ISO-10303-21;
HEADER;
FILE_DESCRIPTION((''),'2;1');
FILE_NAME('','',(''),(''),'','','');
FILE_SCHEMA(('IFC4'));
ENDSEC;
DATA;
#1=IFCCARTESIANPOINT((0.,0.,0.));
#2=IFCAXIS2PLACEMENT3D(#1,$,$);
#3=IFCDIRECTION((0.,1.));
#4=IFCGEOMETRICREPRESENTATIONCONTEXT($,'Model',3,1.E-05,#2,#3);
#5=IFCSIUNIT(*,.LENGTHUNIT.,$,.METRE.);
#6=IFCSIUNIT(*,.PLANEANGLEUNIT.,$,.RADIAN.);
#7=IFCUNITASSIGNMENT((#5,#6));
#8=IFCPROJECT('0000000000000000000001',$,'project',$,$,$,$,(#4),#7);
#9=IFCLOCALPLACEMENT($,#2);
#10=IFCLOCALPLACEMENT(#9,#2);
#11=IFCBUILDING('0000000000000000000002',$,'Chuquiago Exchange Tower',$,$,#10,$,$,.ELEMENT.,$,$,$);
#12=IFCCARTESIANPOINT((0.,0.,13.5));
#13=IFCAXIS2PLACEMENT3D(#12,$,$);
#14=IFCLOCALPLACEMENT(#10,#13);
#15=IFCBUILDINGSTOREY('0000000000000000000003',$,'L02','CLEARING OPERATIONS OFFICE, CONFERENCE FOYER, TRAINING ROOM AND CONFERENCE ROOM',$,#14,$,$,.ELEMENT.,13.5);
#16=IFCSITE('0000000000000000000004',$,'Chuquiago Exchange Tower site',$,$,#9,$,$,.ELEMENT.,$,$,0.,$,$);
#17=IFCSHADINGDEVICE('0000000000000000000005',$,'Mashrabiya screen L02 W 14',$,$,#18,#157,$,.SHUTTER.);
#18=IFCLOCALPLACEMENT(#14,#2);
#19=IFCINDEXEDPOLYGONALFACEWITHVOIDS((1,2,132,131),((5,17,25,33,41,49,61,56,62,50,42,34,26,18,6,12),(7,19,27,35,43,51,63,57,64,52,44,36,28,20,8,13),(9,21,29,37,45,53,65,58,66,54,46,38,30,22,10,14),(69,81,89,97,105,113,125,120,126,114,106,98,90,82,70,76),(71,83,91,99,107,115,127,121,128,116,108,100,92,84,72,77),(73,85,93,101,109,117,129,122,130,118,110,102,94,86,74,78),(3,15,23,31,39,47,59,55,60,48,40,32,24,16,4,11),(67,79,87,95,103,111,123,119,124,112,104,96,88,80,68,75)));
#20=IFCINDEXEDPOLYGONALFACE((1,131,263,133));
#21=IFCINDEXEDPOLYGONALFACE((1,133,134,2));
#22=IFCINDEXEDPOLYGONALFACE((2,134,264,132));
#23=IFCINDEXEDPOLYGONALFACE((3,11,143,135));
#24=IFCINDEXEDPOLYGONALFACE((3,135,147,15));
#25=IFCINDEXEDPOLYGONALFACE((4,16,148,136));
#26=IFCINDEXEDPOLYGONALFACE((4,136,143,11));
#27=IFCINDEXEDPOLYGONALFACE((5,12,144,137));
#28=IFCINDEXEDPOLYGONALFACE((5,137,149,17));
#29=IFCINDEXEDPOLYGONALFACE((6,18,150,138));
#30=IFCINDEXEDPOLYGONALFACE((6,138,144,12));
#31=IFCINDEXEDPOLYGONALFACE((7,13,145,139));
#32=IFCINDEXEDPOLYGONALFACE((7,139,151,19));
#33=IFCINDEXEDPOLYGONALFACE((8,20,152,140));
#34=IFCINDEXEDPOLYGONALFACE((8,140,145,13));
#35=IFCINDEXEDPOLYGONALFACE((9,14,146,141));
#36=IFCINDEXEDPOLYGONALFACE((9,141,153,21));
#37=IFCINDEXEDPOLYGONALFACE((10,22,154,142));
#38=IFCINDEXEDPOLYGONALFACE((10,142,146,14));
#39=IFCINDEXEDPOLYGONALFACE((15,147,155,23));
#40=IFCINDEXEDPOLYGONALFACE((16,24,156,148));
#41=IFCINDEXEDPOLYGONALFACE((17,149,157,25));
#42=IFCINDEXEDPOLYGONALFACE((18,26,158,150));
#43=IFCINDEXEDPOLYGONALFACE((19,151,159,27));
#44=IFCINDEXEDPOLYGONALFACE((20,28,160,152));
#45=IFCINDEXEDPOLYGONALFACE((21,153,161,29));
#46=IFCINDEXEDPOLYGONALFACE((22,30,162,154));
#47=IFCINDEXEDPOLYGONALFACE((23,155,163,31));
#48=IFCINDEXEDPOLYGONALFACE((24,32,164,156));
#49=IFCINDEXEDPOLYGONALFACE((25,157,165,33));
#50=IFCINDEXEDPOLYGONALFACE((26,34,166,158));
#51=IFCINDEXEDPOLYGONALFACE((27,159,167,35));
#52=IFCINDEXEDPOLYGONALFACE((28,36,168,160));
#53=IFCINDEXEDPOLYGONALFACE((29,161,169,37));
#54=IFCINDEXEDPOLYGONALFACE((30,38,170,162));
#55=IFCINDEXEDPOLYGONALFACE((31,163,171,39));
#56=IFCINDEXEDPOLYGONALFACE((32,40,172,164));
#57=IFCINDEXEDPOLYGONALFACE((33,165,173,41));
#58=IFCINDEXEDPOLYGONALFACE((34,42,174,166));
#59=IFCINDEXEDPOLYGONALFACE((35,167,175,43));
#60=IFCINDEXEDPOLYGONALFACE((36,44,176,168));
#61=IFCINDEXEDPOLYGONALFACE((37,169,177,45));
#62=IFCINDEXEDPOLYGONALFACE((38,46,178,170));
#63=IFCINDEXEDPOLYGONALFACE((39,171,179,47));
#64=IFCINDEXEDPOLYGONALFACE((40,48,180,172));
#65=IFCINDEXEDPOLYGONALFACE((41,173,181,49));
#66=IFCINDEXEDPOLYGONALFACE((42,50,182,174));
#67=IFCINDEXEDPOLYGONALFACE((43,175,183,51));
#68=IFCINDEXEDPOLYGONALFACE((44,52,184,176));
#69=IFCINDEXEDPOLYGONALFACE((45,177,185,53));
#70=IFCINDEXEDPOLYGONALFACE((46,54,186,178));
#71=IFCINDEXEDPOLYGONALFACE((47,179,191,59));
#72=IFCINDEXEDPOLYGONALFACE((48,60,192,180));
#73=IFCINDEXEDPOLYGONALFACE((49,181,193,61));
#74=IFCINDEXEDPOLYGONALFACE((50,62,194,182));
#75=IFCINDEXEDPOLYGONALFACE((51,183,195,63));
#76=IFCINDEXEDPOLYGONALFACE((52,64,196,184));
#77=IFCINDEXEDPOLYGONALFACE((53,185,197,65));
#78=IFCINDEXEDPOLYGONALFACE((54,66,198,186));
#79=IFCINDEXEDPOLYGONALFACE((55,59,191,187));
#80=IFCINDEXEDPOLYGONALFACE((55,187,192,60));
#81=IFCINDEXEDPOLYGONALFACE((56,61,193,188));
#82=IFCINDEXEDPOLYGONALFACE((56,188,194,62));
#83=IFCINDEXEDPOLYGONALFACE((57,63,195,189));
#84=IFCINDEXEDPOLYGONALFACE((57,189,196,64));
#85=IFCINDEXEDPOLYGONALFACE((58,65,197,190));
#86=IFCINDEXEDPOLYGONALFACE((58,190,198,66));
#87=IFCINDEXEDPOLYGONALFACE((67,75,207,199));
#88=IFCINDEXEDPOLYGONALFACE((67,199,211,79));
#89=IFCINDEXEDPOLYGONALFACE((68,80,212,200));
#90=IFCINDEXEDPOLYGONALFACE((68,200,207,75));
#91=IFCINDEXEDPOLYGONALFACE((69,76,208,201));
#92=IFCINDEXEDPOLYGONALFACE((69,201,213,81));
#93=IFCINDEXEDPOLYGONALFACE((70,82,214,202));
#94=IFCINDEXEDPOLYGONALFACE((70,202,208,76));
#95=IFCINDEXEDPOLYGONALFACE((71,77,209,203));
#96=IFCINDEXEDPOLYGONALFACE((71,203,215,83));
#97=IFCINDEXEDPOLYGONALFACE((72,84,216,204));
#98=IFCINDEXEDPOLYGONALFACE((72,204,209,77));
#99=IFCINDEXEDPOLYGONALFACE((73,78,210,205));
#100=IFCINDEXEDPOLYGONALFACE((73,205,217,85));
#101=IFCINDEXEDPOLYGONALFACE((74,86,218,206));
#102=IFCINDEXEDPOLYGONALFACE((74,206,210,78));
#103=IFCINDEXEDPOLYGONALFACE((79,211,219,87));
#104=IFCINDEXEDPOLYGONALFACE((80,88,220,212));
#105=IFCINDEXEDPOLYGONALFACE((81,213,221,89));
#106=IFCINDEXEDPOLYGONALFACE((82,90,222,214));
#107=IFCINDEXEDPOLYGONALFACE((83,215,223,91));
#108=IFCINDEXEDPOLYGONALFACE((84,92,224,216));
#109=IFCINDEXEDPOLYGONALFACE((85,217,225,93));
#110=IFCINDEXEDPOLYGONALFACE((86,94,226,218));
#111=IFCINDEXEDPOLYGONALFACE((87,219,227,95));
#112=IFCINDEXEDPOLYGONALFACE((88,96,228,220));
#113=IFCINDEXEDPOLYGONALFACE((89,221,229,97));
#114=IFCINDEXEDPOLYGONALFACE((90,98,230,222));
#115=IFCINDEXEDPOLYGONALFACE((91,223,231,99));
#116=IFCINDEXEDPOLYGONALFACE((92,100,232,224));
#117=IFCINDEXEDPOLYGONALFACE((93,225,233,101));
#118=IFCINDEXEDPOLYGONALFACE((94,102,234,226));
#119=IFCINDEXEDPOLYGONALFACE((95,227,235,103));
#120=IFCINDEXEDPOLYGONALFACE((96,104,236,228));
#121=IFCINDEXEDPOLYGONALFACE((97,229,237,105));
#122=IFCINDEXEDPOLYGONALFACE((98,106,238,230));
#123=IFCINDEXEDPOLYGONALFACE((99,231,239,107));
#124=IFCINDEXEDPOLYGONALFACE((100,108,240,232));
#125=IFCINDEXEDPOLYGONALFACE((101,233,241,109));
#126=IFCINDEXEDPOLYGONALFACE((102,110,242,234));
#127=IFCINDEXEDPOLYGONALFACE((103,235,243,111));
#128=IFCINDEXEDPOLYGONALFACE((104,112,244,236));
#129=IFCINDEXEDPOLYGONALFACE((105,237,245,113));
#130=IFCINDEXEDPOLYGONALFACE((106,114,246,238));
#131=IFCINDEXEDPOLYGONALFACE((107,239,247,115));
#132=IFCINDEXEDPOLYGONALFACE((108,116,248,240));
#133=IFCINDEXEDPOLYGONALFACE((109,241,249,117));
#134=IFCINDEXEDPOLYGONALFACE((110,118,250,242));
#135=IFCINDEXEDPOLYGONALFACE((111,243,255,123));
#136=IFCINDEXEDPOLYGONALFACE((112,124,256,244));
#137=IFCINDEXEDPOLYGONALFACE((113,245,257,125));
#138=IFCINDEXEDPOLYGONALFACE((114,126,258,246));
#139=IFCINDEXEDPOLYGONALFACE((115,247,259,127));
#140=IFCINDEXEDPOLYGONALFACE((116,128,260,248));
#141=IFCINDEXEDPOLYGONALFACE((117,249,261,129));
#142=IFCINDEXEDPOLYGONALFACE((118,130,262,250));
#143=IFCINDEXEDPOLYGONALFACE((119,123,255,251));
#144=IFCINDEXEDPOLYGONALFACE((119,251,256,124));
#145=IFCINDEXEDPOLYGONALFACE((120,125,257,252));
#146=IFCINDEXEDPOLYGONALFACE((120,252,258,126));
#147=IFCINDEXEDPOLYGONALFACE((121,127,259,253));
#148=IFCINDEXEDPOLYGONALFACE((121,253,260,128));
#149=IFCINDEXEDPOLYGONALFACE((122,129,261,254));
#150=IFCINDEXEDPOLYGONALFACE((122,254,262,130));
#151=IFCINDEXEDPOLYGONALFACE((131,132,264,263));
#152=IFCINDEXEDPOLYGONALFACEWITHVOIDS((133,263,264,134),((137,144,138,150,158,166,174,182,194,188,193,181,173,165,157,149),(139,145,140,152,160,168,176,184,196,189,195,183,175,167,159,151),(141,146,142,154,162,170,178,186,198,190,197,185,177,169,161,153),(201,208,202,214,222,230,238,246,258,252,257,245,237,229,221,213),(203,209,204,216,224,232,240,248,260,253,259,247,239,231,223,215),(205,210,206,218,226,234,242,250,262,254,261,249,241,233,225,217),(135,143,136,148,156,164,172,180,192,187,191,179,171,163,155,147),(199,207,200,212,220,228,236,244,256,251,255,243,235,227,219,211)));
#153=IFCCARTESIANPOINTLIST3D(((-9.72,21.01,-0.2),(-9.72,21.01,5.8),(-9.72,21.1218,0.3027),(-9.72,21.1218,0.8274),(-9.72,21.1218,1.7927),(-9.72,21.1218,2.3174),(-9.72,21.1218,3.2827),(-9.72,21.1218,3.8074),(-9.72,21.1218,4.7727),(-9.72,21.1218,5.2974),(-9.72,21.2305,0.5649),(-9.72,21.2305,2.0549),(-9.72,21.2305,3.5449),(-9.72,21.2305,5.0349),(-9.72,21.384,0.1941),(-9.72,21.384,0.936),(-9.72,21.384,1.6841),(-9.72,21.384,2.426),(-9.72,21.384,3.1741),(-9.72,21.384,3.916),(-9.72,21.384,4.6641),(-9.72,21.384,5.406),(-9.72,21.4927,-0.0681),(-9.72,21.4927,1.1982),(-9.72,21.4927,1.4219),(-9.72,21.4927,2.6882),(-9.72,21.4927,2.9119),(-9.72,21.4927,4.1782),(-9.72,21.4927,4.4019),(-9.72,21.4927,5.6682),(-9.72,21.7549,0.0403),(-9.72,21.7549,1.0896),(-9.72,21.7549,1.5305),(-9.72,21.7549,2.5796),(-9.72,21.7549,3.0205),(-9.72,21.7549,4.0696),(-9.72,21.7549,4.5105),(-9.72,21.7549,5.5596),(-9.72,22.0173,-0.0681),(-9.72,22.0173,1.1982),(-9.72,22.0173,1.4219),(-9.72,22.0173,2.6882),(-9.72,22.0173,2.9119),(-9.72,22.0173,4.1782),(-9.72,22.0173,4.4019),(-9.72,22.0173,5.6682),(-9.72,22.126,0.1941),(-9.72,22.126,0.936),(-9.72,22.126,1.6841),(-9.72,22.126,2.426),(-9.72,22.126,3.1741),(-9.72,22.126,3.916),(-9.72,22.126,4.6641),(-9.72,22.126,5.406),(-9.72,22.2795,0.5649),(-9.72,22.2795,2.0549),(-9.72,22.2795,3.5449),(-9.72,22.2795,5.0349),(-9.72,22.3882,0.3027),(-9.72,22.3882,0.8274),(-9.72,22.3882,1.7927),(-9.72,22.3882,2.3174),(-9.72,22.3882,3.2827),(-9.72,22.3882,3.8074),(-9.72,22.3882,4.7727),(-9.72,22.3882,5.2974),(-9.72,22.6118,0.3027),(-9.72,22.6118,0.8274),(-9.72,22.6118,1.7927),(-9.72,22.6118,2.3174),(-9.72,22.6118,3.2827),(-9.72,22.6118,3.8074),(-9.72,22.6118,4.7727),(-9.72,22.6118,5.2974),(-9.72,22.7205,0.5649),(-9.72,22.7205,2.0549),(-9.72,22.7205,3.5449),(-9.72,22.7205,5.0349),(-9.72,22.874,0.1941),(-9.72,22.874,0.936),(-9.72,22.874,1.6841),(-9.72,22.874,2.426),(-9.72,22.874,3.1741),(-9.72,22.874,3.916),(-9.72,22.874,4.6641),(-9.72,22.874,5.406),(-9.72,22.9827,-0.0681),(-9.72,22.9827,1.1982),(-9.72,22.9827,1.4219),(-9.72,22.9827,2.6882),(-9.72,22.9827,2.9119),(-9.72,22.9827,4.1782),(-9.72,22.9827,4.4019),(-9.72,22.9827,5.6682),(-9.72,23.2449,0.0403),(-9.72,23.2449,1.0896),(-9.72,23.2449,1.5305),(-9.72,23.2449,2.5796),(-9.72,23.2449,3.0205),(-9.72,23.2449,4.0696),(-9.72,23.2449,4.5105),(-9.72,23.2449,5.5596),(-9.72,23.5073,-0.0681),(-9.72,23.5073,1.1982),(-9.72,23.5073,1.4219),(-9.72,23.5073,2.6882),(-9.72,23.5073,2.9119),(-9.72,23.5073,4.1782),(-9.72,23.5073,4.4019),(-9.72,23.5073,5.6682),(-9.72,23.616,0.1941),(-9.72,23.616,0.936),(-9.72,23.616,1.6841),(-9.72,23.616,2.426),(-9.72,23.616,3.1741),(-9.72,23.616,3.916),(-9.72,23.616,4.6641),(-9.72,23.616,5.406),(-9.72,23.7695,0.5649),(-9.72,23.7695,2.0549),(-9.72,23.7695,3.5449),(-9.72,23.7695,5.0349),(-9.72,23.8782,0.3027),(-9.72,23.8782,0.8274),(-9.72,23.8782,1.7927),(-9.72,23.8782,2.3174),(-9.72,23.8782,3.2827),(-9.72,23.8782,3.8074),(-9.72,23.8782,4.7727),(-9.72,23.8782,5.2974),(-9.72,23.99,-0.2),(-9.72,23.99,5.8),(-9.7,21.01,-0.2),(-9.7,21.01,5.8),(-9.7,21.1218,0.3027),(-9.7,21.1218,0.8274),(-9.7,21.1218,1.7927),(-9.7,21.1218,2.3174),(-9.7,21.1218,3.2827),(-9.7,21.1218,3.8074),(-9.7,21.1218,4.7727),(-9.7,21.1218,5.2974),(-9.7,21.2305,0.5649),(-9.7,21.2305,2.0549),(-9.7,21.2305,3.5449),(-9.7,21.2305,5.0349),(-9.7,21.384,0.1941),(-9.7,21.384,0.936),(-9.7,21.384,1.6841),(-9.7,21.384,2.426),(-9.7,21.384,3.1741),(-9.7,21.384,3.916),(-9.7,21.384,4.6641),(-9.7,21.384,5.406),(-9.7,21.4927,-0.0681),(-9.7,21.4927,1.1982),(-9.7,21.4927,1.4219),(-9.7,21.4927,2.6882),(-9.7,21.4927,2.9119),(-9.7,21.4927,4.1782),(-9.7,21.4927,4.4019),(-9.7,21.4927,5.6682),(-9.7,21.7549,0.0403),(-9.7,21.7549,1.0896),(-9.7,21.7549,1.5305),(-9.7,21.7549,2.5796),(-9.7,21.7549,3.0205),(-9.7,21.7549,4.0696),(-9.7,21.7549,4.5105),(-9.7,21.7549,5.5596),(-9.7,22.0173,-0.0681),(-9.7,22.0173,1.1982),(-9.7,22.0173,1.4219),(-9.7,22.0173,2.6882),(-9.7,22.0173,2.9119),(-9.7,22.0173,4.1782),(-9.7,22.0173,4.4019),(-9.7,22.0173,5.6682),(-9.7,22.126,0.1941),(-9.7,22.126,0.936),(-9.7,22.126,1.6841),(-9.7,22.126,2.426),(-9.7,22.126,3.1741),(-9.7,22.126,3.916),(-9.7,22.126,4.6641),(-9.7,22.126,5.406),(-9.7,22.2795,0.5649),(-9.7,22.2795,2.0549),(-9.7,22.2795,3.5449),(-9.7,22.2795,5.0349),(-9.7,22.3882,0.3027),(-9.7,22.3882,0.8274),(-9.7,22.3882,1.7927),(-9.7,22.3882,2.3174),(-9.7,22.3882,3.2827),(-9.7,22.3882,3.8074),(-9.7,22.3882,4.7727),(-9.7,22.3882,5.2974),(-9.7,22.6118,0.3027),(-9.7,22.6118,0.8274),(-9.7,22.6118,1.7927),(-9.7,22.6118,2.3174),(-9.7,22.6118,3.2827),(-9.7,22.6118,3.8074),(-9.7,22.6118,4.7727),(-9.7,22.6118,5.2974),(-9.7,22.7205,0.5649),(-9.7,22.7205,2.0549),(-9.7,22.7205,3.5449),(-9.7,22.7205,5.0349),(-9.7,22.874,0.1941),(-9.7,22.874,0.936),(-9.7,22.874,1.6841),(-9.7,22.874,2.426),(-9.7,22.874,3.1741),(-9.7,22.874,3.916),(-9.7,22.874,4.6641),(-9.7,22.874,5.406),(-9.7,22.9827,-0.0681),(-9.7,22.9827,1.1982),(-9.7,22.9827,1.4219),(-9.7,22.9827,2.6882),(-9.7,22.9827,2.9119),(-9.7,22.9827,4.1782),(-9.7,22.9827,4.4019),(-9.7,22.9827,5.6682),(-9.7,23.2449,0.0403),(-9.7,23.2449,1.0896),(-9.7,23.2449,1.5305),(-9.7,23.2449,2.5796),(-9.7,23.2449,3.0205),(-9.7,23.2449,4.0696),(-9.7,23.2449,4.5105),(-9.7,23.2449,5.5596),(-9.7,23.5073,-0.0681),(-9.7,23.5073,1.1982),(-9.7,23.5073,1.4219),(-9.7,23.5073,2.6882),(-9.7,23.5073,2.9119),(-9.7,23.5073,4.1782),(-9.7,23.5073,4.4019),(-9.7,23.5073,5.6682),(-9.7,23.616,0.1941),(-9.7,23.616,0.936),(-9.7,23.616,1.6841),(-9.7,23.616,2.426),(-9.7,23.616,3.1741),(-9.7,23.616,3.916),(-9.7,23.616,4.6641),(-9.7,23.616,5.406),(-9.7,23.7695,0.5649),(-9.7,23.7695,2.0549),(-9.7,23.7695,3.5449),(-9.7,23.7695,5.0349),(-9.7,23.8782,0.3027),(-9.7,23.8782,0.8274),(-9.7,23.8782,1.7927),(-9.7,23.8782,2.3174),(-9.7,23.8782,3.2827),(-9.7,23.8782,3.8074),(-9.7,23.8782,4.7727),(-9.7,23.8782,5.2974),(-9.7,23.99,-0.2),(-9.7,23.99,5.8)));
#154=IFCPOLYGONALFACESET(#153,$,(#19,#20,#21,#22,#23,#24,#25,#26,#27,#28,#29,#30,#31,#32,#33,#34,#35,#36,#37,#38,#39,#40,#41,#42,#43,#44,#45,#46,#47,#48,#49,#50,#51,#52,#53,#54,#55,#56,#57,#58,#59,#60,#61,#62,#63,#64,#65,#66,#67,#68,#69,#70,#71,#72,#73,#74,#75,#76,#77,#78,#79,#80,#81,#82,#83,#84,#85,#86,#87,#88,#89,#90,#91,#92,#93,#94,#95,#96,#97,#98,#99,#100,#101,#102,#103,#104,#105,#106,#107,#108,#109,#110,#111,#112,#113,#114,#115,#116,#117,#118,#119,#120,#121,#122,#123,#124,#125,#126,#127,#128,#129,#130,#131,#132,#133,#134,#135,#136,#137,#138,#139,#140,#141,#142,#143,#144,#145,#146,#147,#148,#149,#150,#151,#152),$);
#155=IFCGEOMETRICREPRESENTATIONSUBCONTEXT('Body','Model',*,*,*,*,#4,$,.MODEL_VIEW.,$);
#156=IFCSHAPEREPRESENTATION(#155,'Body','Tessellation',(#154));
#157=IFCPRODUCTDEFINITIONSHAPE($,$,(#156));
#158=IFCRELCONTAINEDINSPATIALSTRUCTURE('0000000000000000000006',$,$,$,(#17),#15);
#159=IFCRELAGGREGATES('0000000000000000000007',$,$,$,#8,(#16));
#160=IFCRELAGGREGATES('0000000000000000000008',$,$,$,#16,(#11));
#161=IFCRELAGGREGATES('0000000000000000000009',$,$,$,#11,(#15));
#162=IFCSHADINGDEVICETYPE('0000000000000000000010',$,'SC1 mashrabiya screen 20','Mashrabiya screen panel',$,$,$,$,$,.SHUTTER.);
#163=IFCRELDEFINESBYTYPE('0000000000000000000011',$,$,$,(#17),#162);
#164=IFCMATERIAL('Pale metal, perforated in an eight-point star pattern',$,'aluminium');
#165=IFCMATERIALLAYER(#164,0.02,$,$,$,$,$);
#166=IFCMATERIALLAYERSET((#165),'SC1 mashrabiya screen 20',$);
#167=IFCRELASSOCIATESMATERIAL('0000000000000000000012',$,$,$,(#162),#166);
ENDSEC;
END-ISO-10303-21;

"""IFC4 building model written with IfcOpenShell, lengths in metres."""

from ifc_helpers import new_model, si_unit, direction, frame, origin, place, context, subcontext, project, spatial, polyline, outline, extrude, material, layer, layer_set, type_object, element, save


model = new_model("IFC4")

# Units and contexts
model_context = context("Model", 3, precision=1e-05, world=origin(), true_north=direction((0.0, 1.0)))
body_context = subcontext(model_context, "Body", "Model", "MODEL_VIEW")
ifc_project = project(units=[si_unit("LENGTHUNIT", "METRE"), si_unit("PLANEANGLEUNIT", "RADIAN")], contexts=[model_context])

# Site, building, storey
site_placement = place(None, origin())
site = spatial("IfcSite", under=ifc_project, at=site_placement, Name="Chuquiago Exchange Tower site", CompositionType="ELEMENT", RefElevation=0.0)
building_placement = place(site_placement, origin())
building = spatial("IfcBuilding", under=site, at=building_placement, Name="Chuquiago Exchange Tower", CompositionType="ELEMENT")
storey_placement = place(building_placement, frame((0.0, 0.0, 13.5)))
storey = spatial("IfcBuildingStorey", under=building, at=storey_placement, Name="L02", Description="CLEARING OPERATIONS OFFICE, CONFERENCE FOYER, TRAINING ROOM AND CONFERENCE ROOM", CompositionType="ELEMENT", Elevation=13.5)

# Shading device
ifc_material_1 = material(Name="Pale metal, perforated in an eight-point star pattern", Category="aluminium")
ifc_layer_1 = layer(ifc_material_1, 0.02)
ifc_layer_set_1 = layer_set([ifc_layer_1], Name="SC1 mashrabiya screen 20")
shading_device_type = type_object("IfcShadingDeviceType", Name="SC1 mashrabiya screen 20", Description="Mashrabiya screen panel", PredefinedType="SHUTTER", material=ifc_layer_set_1)
shading_device_1_placement = place(storey_placement, frame((-9.7, 23.99, -0.2), z_axis=(0.0, 0.0, 1.0), x_axis=(0.0, -1.0, 0.0)))
element("IfcShadingDevice", 1, at=shading_device_1_placement, inside=storey, type_object=shading_device_type, Name="Mashrabiya screen L02 W 14", PredefinedType="SHUTTER", context=body_context, shape_type="SweptSolid", body=[
    extrude(outline(polyline([(0.0, 0.0), (2.98, 0.0), (2.98, 6.0), (0.0, 6.0), (0.0, 0.0)]), holes=[polyline([(1.2695, 0.7649), (1.3782, 1.0273), (1.116, 1.136), (1.0073, 1.3982), (0.7451, 1.2896), (0.4827, 1.3982), (0.374, 1.136), (0.1118, 1.0273), (0.2205, 0.7649), (0.1118, 0.5027), (0.374, 0.394), (0.4827, 0.1318), (0.7451, 0.2402), (1.0073, 0.1318), (1.116, 0.394), (1.3782, 0.5027), (1.2695, 0.7649)]), polyline([(2.7595, 0.7649), (2.8682, 1.0273), (2.606, 1.136), (2.4973, 1.3982), (2.2351, 1.2896), (1.9727, 1.3982), (1.864, 1.136), (1.6018, 1.0273), (1.7104, 0.7649), (1.6018, 0.5027), (1.864, 0.394), (1.9727, 0.1318), (2.2351, 0.2402), (2.4973, 0.1318), (2.606, 0.394), (2.8682, 0.5027), (2.7595, 0.7649)]), polyline([(1.2695, 2.2549), (1.3782, 2.5173), (1.116, 2.626), (1.0073, 2.8882), (0.7451, 2.7795), (0.4827, 2.8882), (0.374, 2.626), (0.1118, 2.5173), (0.2205, 2.2549), (0.1118, 1.9927), (0.374, 1.884), (0.4827, 1.6218), (0.7451, 1.7305), (1.0073, 1.6218), (1.116, 1.884), (1.3782, 1.9927), (1.2695, 2.2549)]), polyline([(2.7595, 2.2549), (2.8682, 2.5173), (2.606, 2.626), (2.4973, 2.8882), (2.2351, 2.7795), (1.9727, 2.8882), (1.864, 2.626), (1.6018, 2.5173), (1.7104, 2.2549), (1.6018, 1.9927), (1.864, 1.884), (1.9727, 1.6218), (2.2351, 1.7305), (2.4973, 1.6218), (2.606, 1.884), (2.8682, 1.9927), (2.7595, 2.2549)]), polyline([(1.2695, 3.7449), (1.3782, 4.0073), (1.116, 4.116), (1.0073, 4.3782), (0.7451, 4.2695), (0.4827, 4.3782), (0.374, 4.116), (0.1118, 4.0073), (0.2205, 3.7449), (0.1118, 3.4827), (0.374, 3.374), (0.4827, 3.1118), (0.7451, 3.2205), (1.0073, 3.1118), (1.116, 3.374), (1.3782, 3.4827), (1.2695, 3.7449)]), polyline([(2.7595, 3.7449), (2.8682, 4.0073), (2.606, 4.116), (2.4973, 4.3782), (2.2351, 4.2695), (1.9727, 4.3782), (1.864, 4.116), (1.6018, 4.0073), (1.7104, 3.7449), (1.6018, 3.4827), (1.864, 3.374), (1.9727, 3.1118), (2.2351, 3.2205), (2.4973, 3.1118), (2.606, 3.374), (2.8682, 3.4827), (2.7595, 3.7449)]), polyline([(1.2695, 5.2349), (1.3782, 5.4973), (1.116, 5.606), (1.0073, 5.8682), (0.7451, 5.7595), (0.4827, 5.8682), (0.374, 5.606), (0.1118, 5.4973), (0.2205, 5.2349), (0.1118, 4.9727), (0.374, 4.864), (0.4827, 4.6018), (0.7451, 4.7104), (1.0073, 4.6018), (1.116, 4.864), (1.3782, 4.9727), (1.2695, 5.2349)]), polyline([(2.7595, 5.2349), (2.8682, 5.4973), (2.606, 5.606), (2.4973, 5.8682), (2.2351, 5.7595), (1.9727, 5.8682), (1.864, 5.606), (1.6018, 5.4973), (1.7104, 5.2349), (1.6018, 4.9727), (1.864, 4.864), (1.9727, 4.6018), (2.2351, 4.7104), (2.4973, 4.6018), (2.606, 4.864), (2.8682, 4.9727), (2.7595, 5.2349)])]), frame((0.0, 0.0, 0.0), z_axis=(0.0, -1.0, 0.0), x_axis=(1.0, 0.0, 0.0)), (0.0, 0.0, 1.0), 0.02),
])

save(model, "model.ifc")
